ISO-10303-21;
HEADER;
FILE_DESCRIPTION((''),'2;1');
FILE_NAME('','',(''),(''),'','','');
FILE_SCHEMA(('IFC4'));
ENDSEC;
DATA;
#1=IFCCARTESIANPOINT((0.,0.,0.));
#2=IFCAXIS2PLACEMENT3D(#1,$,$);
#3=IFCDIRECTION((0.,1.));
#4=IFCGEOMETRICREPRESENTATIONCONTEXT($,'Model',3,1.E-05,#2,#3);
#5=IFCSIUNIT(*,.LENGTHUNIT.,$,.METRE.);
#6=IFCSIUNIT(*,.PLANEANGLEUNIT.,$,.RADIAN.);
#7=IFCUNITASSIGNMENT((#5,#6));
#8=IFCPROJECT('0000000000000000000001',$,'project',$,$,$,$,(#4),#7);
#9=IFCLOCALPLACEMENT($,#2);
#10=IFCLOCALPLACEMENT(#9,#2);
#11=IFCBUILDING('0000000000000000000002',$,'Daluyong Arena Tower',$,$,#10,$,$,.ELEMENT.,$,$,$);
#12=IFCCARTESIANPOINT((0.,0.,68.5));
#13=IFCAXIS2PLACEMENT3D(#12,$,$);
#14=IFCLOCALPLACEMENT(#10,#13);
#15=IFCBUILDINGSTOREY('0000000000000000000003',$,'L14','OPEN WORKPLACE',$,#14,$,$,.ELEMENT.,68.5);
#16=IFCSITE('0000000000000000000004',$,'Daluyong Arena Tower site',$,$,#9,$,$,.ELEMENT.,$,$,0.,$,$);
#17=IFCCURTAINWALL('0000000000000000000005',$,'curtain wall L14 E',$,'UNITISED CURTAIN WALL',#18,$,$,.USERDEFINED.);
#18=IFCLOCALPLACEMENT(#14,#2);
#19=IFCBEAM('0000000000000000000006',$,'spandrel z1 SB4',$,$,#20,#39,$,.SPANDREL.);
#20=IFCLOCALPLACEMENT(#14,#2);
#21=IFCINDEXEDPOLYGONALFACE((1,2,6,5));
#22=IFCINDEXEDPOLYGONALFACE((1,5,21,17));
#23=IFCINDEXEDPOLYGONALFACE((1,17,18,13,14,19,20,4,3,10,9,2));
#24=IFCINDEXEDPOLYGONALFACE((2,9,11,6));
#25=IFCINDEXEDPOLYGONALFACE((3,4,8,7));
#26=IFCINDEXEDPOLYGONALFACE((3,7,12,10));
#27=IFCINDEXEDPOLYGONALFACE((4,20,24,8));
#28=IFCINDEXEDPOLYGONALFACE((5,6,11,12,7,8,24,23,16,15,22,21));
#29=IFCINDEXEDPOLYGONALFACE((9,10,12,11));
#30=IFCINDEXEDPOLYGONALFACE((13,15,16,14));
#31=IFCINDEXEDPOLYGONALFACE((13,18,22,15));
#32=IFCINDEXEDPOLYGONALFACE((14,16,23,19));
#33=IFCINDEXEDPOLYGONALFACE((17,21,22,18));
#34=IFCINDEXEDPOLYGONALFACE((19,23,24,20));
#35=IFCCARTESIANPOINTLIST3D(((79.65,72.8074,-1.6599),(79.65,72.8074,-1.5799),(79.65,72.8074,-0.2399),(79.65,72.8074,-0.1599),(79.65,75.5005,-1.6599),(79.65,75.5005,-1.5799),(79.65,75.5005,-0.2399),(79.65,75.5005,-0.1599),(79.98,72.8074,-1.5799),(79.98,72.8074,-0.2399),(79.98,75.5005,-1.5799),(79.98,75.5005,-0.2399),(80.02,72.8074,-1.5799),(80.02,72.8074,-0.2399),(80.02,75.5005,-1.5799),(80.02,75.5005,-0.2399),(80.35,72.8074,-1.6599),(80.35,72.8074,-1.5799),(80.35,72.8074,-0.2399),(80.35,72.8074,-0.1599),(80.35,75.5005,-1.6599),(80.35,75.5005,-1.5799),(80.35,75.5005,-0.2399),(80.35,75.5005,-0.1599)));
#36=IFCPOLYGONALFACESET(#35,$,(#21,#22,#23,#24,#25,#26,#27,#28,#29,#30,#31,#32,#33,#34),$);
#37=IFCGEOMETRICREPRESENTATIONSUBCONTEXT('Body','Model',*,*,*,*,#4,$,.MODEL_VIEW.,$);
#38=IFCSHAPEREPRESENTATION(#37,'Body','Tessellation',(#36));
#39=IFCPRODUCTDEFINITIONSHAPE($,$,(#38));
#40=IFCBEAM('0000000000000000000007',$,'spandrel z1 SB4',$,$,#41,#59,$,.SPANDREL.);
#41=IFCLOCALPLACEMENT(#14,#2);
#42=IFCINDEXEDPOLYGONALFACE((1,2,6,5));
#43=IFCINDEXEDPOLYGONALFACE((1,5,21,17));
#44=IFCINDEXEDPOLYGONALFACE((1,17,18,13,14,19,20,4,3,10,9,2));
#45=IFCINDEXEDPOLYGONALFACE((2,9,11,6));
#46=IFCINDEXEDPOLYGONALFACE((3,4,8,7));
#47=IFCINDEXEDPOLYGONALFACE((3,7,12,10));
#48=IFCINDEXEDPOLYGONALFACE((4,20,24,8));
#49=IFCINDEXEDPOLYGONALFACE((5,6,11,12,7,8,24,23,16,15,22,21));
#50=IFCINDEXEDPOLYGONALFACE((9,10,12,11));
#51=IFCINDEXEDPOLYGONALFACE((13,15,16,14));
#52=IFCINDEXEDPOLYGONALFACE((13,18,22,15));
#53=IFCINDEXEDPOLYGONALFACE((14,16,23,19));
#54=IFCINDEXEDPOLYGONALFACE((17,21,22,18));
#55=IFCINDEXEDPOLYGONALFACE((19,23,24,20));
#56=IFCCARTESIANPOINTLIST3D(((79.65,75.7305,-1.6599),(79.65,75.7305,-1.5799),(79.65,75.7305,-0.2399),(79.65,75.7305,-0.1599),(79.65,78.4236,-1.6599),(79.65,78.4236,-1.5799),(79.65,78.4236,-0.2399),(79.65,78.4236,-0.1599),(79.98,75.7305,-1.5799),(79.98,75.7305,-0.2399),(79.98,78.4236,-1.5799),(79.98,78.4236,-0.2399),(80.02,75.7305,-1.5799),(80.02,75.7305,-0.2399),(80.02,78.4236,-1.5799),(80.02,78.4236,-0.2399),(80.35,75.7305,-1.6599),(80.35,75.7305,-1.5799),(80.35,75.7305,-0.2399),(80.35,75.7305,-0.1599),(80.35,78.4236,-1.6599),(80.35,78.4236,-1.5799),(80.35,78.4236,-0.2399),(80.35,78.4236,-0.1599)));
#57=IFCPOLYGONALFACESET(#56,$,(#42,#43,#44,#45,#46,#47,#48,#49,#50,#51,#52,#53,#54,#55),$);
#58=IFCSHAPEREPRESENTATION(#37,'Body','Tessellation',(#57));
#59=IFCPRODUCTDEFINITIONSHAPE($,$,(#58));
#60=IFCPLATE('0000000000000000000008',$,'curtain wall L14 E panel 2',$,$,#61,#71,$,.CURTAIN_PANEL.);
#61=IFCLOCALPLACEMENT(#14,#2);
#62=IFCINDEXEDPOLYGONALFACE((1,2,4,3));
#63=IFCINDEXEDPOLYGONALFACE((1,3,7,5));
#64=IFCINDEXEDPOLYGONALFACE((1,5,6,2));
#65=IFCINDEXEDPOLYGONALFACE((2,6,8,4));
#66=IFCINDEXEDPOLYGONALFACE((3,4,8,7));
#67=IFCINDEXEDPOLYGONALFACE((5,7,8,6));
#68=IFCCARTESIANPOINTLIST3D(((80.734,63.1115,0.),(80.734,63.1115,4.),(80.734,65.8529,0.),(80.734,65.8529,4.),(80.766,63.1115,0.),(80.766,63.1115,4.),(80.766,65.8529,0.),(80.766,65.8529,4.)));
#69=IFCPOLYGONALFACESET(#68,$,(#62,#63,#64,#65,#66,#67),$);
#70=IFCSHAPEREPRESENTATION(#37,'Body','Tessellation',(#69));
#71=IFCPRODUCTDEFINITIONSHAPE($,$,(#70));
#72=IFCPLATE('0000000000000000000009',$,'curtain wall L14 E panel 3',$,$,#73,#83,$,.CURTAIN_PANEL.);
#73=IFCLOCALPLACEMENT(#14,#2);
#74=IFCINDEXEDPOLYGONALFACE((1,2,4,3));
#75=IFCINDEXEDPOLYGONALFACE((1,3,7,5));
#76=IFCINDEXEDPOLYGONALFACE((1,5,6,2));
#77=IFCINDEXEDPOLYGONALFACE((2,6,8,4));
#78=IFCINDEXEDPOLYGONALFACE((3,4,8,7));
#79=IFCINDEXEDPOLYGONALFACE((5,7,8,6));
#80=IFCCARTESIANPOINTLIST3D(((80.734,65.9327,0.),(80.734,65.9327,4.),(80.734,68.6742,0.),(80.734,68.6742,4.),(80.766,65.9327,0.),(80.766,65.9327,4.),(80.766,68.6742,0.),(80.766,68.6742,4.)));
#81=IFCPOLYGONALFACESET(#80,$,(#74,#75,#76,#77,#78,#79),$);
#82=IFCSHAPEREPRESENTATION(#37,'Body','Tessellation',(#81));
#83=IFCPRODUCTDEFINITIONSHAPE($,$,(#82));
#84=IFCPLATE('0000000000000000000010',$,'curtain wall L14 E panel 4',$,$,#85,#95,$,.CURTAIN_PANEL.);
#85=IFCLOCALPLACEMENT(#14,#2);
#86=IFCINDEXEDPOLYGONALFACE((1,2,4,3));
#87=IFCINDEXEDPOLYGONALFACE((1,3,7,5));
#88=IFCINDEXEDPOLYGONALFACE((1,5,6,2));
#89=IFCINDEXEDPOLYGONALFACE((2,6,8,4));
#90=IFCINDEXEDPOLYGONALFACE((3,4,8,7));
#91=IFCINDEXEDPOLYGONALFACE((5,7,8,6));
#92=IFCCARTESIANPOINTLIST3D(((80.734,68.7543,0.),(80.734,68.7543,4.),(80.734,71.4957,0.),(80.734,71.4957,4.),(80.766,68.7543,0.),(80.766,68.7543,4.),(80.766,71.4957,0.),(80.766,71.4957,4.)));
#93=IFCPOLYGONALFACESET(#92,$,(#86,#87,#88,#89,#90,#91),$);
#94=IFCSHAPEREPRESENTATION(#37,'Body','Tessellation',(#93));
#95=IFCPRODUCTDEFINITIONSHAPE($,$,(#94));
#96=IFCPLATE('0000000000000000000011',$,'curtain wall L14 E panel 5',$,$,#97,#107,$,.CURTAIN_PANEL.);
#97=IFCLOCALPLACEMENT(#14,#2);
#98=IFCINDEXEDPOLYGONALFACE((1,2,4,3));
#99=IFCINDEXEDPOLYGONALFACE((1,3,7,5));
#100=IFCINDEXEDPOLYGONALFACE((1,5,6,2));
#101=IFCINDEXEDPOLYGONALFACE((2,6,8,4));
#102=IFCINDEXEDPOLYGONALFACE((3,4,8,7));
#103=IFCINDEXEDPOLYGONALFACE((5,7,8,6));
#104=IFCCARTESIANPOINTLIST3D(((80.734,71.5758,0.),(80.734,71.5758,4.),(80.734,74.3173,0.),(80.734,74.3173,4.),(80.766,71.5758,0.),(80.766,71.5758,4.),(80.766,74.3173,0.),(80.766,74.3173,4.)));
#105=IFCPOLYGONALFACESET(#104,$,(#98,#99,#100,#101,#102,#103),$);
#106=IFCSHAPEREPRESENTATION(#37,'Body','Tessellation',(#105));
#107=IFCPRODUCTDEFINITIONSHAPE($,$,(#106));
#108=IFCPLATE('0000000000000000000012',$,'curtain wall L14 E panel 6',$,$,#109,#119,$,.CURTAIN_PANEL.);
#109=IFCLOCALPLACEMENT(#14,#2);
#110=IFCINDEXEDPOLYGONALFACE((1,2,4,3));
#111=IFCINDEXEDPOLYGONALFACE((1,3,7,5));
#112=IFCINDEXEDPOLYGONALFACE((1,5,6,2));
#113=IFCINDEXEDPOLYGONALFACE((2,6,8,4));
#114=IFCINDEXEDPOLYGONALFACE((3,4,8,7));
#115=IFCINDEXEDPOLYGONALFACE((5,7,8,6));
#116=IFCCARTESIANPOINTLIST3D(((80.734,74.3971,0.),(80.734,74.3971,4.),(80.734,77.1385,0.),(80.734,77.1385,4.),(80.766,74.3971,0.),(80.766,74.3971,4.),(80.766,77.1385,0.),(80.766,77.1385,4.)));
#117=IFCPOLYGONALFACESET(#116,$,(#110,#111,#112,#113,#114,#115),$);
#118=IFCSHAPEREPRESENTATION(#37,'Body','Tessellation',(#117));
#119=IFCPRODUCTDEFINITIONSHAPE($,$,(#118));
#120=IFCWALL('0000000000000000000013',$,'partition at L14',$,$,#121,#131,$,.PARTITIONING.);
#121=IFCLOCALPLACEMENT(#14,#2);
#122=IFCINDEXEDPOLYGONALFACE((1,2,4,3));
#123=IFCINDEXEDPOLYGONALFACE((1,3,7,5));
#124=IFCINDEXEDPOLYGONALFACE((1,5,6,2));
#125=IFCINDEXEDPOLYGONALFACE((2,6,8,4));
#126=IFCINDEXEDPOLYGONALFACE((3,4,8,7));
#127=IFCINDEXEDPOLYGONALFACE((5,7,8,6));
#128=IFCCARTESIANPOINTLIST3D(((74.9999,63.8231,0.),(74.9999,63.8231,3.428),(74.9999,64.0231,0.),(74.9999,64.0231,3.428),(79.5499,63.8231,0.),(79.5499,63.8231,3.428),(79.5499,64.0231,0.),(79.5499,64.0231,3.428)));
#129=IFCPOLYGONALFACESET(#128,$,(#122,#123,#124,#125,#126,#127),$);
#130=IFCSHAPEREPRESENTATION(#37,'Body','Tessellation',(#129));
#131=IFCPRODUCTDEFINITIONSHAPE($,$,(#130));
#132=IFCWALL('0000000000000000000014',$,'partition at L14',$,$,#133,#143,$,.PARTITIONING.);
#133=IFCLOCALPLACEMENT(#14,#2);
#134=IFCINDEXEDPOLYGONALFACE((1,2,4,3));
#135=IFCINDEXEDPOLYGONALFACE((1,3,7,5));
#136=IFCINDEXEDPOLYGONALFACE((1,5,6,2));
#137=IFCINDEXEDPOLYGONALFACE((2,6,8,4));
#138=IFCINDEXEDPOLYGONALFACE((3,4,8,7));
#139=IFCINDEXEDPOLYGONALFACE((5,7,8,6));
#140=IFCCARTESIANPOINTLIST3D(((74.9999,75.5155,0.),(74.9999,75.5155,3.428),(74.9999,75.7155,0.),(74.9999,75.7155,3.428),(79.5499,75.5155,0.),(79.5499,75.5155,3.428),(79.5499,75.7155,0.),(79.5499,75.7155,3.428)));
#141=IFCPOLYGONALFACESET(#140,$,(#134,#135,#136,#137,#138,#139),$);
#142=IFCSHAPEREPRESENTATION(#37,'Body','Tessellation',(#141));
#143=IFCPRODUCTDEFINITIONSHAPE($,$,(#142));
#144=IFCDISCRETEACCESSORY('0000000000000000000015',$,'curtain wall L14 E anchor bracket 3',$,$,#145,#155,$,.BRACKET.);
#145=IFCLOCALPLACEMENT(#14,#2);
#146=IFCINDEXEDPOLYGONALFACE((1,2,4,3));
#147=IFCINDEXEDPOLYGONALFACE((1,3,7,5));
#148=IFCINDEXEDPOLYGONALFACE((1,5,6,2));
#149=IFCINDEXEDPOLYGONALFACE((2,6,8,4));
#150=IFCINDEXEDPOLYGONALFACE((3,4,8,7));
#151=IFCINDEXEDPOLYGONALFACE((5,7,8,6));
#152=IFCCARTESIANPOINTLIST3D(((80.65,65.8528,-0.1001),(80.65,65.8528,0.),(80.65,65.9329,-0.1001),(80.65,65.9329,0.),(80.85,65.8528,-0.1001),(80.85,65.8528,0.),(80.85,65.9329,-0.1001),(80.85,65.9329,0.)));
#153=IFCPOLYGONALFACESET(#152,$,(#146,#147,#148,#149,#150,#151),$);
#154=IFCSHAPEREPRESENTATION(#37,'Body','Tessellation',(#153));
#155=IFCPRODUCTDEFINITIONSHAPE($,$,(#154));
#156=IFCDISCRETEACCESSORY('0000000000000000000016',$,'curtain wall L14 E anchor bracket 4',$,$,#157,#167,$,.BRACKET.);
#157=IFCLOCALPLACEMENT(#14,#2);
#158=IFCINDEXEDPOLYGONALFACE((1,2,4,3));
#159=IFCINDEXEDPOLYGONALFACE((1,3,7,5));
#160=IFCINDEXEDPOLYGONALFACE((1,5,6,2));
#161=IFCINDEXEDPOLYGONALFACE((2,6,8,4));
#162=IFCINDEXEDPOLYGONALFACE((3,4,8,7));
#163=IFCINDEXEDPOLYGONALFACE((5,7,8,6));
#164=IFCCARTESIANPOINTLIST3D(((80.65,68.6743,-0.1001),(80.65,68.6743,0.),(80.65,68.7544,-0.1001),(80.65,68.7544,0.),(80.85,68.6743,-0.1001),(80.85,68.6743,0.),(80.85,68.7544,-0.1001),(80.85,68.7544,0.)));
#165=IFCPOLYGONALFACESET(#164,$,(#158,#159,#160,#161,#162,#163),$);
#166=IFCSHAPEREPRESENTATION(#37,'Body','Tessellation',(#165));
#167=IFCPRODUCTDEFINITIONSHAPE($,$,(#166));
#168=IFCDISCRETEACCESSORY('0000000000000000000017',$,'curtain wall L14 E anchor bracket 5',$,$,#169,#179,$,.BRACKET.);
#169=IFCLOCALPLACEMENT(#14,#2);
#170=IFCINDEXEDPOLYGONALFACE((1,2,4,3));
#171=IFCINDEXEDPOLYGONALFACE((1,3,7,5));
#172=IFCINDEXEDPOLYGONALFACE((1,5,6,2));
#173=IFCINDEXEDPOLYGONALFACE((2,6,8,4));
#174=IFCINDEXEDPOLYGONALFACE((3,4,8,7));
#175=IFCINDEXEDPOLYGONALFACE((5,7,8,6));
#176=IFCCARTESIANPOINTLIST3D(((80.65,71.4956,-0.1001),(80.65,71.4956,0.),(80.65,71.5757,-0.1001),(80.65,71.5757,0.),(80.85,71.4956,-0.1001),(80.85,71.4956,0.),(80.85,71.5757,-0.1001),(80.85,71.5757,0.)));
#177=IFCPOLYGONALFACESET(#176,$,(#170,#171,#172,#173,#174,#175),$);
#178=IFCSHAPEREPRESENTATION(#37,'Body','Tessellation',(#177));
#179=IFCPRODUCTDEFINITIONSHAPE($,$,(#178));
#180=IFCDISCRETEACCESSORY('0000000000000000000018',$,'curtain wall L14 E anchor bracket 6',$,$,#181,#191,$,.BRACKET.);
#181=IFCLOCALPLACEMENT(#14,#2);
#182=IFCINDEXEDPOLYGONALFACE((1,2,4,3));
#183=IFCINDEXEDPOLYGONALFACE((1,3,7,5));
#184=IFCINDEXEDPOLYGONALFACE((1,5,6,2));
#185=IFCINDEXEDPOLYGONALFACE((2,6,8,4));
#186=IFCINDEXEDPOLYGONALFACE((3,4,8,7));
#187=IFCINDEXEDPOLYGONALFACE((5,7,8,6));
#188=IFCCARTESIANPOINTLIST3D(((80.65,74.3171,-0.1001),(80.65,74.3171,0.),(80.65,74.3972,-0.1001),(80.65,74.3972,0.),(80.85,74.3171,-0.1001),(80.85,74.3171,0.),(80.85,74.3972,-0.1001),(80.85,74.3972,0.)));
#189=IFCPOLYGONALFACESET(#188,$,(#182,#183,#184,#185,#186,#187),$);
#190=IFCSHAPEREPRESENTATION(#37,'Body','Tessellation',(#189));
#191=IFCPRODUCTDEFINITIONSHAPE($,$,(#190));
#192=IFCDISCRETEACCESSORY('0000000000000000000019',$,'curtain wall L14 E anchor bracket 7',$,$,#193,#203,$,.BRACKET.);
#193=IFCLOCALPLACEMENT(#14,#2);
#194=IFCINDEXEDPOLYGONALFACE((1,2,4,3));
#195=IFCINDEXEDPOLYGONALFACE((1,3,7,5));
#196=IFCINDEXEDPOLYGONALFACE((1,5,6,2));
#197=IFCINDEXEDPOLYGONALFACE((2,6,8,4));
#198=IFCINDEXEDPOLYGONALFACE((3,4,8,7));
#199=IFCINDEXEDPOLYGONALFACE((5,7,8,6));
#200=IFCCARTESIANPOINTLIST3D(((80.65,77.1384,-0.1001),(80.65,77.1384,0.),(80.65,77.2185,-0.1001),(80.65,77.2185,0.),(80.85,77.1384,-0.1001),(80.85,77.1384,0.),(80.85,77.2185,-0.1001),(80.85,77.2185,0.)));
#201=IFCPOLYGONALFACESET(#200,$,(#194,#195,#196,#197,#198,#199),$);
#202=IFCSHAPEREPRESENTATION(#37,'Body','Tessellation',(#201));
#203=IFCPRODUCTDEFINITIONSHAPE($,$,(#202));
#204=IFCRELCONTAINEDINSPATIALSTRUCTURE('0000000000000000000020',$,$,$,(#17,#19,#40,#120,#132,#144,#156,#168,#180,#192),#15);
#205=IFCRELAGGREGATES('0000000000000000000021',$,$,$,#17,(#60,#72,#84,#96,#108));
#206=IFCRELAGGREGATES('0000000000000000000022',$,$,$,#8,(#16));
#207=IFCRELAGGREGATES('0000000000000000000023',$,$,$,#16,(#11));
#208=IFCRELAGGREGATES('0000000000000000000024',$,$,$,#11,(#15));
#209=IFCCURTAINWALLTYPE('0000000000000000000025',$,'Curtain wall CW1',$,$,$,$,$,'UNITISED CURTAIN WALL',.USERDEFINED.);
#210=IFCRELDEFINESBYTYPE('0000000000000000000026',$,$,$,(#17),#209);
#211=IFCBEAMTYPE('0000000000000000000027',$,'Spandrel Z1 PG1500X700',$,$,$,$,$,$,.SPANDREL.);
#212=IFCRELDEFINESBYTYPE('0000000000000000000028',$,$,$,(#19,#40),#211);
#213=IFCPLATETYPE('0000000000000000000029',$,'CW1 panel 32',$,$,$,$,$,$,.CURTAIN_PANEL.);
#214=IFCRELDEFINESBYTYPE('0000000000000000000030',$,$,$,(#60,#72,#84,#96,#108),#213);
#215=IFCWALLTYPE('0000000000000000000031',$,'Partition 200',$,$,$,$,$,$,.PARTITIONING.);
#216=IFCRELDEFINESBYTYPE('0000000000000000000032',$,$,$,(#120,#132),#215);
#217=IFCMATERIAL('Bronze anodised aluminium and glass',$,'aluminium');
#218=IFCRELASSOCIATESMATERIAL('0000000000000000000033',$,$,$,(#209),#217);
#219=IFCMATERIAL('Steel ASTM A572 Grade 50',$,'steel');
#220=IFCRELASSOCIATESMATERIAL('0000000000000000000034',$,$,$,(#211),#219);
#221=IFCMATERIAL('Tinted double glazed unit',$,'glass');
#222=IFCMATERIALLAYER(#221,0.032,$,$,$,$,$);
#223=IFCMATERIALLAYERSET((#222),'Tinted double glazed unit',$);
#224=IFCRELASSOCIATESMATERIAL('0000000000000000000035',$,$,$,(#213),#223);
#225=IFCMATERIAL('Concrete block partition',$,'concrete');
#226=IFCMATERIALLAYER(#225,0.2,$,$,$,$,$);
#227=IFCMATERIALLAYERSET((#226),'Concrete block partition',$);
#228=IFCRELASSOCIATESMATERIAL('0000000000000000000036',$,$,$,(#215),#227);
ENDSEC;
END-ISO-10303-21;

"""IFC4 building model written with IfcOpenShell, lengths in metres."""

from ifc_helpers import new_model, si_unit, direction, frame, frame_2d, origin, origin_2d, place, context, subcontext, project, spatial, rectangle, i_section, extrude, material, layer, layer_set, material_profile, profile_set, type_object, element, aggregate, save


model = new_model("IFC4")

# Units and contexts
model_context = context("Model", 3, precision=1e-05, world=origin(), true_north=direction((0.0, 1.0)))
body_context = subcontext(model_context, "Body", "Model", "MODEL_VIEW")
ifc_project = project(units=[si_unit("LENGTHUNIT", "METRE"), si_unit("PLANEANGLEUNIT", "RADIAN")], contexts=[model_context])

# Site, building, storey
site_placement = place(None, origin())
site = spatial("IfcSite", under=ifc_project, at=site_placement, Name="Daluyong Arena Tower site", CompositionType="ELEMENT", RefElevation=0.0)
building_placement = place(site_placement, origin())
building = spatial("IfcBuilding", under=site, at=building_placement, Name="Daluyong Arena Tower", CompositionType="ELEMENT")
storey_placement = place(building_placement, frame((0.0, 0.0, 68.5)))
storey = spatial("IfcBuildingStorey", under=building, at=storey_placement, Name="L14", Description="OPEN WORKPLACE", CompositionType="ELEMENT", Elevation=68.5)

# Curtain wall
ifc_material_1 = material(Name="Bronze anodised aluminium and glass", Category="aluminium")
curtain_wall_type = type_object("IfcCurtainWallType", Name="Curtain wall CW1", ElementType="UNITISED CURTAIN WALL", PredefinedType="USERDEFINED", material=ifc_material_1)
curtain_wall_placement = place(storey_placement, origin())
curtain_wall = element("IfcCurtainWall", 1, at=curtain_wall_placement, inside=storey, type_object=curtain_wall_type, Name="curtain wall L14 E", ObjectType="UNITISED CURTAIN WALL", PredefinedType="USERDEFINED")

# Beams
ifc_material_2 = material(Name="Steel ASTM A572 Grade 50", Category="steel")
ifc_material_profile_1 = material_profile(ifc_material_2, i_section(OverallWidth=0.7, OverallDepth=1.5, WebThickness=0.04, FlangeThickness=0.08, at=origin_2d()))
ifc_profile_set_1 = profile_set([ifc_material_profile_1], Name="Steel ASTM A572 Grade 50")
beam_type_1 = type_object("IfcBeamType", Name="Spandrel Z1 PG1500X700", PredefinedType="SPANDREL", material=ifc_profile_set_1)
for number, where, z_axis, x_axis, name in (
    (2, (80.0, 72.8074, -0.9099), (0.0, 1.0, 0.0), (-1.0, 0.0, 0.0), "spandrel z1 SB4"),
    (3, (80.0, 75.7305, -0.9099), (0.0, 1.0, 0.0), (-1.0, 0.0, 0.0), "spandrel z1 SB4"),
):
    element("IfcBeam", number, at=place(storey_placement, frame(where, z_axis=z_axis, x_axis=x_axis)), inside=storey, type_object=beam_type_1, Name=name, PredefinedType="SPANDREL", context=body_context, shape_type="SweptSolid", body=[
        extrude(i_section(OverallWidth=0.7, OverallDepth=1.5, WebThickness=0.04, FlangeThickness=0.08, at=origin_2d()), origin(), (0.0, 0.0, 1.0), 2.6931),
    ])

# Plates
ifc_material_3 = material(Name="Tinted double glazed unit", Category="glass")
ifc_layer_1 = layer(ifc_material_3, 0.032)
ifc_layer_set_1 = layer_set([ifc_layer_1], Name="Tinted double glazed unit")
plate_type = type_object("IfcPlateType", Name="CW1 panel 32", PredefinedType="CURTAIN_PANEL", material=ifc_layer_set_1)
plate_1_placement = place(storey_placement, frame((80.75, 64.4822, 0.0), z_axis=(0.0, 0.0, 1.0), x_axis=(0.0, 1.0, 0.0)))
plate_1 = element("IfcPlate", 4, at=plate_1_placement, type_object=plate_type, Name="curtain wall L14 E panel 2", PredefinedType="CURTAIN_PANEL", context=body_context, shape_type="SweptSolid", body=[
    extrude(rectangle(XDim=2.7415, YDim=0.032, at=origin_2d()), origin(), (0.0, 0.0, 1.0), 4.0),
])
plate_2_placement = place(storey_placement, frame((80.75, 67.3035, 0.0), z_axis=(0.0, 0.0, 1.0), x_axis=(0.0, 1.0, 0.0)))
plate_2 = element("IfcPlate", 5, at=plate_2_placement, type_object=plate_type, Name="curtain wall L14 E panel 3", PredefinedType="CURTAIN_PANEL", context=body_context, shape_type="SweptSolid", body=[
    extrude(rectangle(XDim=2.7415, YDim=0.032, at=origin_2d()), origin(), (0.0, 0.0, 1.0), 4.0),
])
plate_3_placement = place(storey_placement, frame((80.75, 70.125, 0.0), z_axis=(0.0, 0.0, 1.0), x_axis=(0.0, 1.0, 0.0)))
plate_3 = element("IfcPlate", 6, at=plate_3_placement, type_object=plate_type, Name="curtain wall L14 E panel 4", PredefinedType="CURTAIN_PANEL", context=body_context, shape_type="SweptSolid", body=[
    extrude(rectangle(XDim=2.7415, YDim=0.032, at=origin_2d()), origin(), (0.0, 0.0, 1.0), 4.0),
])
plate_4_placement = place(storey_placement, frame((80.75, 72.9465, 0.0), z_axis=(0.0, 0.0, 1.0), x_axis=(0.0, 1.0, 0.0)))
plate_4 = element("IfcPlate", 7, at=plate_4_placement, type_object=plate_type, Name="curtain wall L14 E panel 5", PredefinedType="CURTAIN_PANEL", context=body_context, shape_type="SweptSolid", body=[
    extrude(rectangle(XDim=2.7415, YDim=0.032, at=origin_2d()), origin(), (0.0, 0.0, 1.0), 4.0),
])
plate_5_placement = place(storey_placement, frame((80.75, 75.7678, 0.0), z_axis=(0.0, 0.0, 1.0), x_axis=(0.0, 1.0, 0.0)))
plate_5 = element("IfcPlate", 8, at=plate_5_placement, type_object=plate_type, Name="curtain wall L14 E panel 6", PredefinedType="CURTAIN_PANEL", context=body_context, shape_type="SweptSolid", body=[
    extrude(rectangle(XDim=2.7415, YDim=0.032, at=origin_2d()), origin(), (0.0, 0.0, 1.0), 4.0),
])
aggregate(curtain_wall, [plate_1, plate_2, plate_3, plate_4, plate_5])

# Walls
ifc_material_4 = material(Name="Concrete block partition", Category="concrete")
ifc_layer_2 = layer(ifc_material_4, 0.2)
ifc_layer_set_2 = layer_set([ifc_layer_2], Name="Concrete block partition")
wall_type_1 = type_object("IfcWallType", Name="Partition 200", PredefinedType="PARTITIONING", material=ifc_layer_set_2)
for number, where, z_axis, x_axis, name in (
    (9, (75.0, 63.9231, 0.0), (0.0, 0.0, 1.0), (1.0, 0.0, 0.0), "partition at L14"),
    (10, (75.0, 75.6155, 0.0), (0.0, 0.0, 1.0), (1.0, 0.0, 0.0), "partition at L14"),
):
    element("IfcWall", number, at=place(storey_placement, frame(where, z_axis=z_axis, x_axis=x_axis)), inside=storey, type_object=wall_type_1, Name=name, PredefinedType="PARTITIONING", context=body_context, shape_type="SweptSolid", body=[
        extrude(rectangle(XDim=4.55, YDim=0.2, at=frame_2d((2.2749, 0.0))), origin(), (0.0, 0.0, 1.0), 3.428),
    ])

# Discrete accessories
for number, where, z_axis, x_axis, name in (
    (11, (80.75, 65.8928, -0.1001), (0.0, 0.0, 1.0), (0.0, 1.0, 0.0), "curtain wall L14 E anchor bracket 3"),
    (12, (80.75, 68.7144, -0.1001), (0.0, 0.0, 1.0), (0.0, 1.0, 0.0), "curtain wall L14 E anchor bracket 4"),
    (13, (80.75, 71.5356, -0.1001), (0.0, 0.0, 1.0), (0.0, 1.0, 0.0), "curtain wall L14 E anchor bracket 5"),
    (14, (80.75, 74.3572, -0.1001), (0.0, 0.0, 1.0), (0.0, 1.0, 0.0), "curtain wall L14 E anchor bracket 6"),
    (15, (80.75, 77.1785, -0.1001), (0.0, 0.0, 1.0), (0.0, 1.0, 0.0), "curtain wall L14 E anchor bracket 7"),
):
    element("IfcDiscreteAccessory", number, at=place(storey_placement, frame(where, z_axis=z_axis, x_axis=x_axis)), inside=storey, Name=name, PredefinedType="BRACKET", context=body_context, shape_type="SweptSolid", body=[
        extrude(rectangle(XDim=0.0801, YDim=0.2, at=origin_2d()), origin(), (0.0, 0.0, 1.0), 0.1001),
    ])

save(model, "model.ifc")
